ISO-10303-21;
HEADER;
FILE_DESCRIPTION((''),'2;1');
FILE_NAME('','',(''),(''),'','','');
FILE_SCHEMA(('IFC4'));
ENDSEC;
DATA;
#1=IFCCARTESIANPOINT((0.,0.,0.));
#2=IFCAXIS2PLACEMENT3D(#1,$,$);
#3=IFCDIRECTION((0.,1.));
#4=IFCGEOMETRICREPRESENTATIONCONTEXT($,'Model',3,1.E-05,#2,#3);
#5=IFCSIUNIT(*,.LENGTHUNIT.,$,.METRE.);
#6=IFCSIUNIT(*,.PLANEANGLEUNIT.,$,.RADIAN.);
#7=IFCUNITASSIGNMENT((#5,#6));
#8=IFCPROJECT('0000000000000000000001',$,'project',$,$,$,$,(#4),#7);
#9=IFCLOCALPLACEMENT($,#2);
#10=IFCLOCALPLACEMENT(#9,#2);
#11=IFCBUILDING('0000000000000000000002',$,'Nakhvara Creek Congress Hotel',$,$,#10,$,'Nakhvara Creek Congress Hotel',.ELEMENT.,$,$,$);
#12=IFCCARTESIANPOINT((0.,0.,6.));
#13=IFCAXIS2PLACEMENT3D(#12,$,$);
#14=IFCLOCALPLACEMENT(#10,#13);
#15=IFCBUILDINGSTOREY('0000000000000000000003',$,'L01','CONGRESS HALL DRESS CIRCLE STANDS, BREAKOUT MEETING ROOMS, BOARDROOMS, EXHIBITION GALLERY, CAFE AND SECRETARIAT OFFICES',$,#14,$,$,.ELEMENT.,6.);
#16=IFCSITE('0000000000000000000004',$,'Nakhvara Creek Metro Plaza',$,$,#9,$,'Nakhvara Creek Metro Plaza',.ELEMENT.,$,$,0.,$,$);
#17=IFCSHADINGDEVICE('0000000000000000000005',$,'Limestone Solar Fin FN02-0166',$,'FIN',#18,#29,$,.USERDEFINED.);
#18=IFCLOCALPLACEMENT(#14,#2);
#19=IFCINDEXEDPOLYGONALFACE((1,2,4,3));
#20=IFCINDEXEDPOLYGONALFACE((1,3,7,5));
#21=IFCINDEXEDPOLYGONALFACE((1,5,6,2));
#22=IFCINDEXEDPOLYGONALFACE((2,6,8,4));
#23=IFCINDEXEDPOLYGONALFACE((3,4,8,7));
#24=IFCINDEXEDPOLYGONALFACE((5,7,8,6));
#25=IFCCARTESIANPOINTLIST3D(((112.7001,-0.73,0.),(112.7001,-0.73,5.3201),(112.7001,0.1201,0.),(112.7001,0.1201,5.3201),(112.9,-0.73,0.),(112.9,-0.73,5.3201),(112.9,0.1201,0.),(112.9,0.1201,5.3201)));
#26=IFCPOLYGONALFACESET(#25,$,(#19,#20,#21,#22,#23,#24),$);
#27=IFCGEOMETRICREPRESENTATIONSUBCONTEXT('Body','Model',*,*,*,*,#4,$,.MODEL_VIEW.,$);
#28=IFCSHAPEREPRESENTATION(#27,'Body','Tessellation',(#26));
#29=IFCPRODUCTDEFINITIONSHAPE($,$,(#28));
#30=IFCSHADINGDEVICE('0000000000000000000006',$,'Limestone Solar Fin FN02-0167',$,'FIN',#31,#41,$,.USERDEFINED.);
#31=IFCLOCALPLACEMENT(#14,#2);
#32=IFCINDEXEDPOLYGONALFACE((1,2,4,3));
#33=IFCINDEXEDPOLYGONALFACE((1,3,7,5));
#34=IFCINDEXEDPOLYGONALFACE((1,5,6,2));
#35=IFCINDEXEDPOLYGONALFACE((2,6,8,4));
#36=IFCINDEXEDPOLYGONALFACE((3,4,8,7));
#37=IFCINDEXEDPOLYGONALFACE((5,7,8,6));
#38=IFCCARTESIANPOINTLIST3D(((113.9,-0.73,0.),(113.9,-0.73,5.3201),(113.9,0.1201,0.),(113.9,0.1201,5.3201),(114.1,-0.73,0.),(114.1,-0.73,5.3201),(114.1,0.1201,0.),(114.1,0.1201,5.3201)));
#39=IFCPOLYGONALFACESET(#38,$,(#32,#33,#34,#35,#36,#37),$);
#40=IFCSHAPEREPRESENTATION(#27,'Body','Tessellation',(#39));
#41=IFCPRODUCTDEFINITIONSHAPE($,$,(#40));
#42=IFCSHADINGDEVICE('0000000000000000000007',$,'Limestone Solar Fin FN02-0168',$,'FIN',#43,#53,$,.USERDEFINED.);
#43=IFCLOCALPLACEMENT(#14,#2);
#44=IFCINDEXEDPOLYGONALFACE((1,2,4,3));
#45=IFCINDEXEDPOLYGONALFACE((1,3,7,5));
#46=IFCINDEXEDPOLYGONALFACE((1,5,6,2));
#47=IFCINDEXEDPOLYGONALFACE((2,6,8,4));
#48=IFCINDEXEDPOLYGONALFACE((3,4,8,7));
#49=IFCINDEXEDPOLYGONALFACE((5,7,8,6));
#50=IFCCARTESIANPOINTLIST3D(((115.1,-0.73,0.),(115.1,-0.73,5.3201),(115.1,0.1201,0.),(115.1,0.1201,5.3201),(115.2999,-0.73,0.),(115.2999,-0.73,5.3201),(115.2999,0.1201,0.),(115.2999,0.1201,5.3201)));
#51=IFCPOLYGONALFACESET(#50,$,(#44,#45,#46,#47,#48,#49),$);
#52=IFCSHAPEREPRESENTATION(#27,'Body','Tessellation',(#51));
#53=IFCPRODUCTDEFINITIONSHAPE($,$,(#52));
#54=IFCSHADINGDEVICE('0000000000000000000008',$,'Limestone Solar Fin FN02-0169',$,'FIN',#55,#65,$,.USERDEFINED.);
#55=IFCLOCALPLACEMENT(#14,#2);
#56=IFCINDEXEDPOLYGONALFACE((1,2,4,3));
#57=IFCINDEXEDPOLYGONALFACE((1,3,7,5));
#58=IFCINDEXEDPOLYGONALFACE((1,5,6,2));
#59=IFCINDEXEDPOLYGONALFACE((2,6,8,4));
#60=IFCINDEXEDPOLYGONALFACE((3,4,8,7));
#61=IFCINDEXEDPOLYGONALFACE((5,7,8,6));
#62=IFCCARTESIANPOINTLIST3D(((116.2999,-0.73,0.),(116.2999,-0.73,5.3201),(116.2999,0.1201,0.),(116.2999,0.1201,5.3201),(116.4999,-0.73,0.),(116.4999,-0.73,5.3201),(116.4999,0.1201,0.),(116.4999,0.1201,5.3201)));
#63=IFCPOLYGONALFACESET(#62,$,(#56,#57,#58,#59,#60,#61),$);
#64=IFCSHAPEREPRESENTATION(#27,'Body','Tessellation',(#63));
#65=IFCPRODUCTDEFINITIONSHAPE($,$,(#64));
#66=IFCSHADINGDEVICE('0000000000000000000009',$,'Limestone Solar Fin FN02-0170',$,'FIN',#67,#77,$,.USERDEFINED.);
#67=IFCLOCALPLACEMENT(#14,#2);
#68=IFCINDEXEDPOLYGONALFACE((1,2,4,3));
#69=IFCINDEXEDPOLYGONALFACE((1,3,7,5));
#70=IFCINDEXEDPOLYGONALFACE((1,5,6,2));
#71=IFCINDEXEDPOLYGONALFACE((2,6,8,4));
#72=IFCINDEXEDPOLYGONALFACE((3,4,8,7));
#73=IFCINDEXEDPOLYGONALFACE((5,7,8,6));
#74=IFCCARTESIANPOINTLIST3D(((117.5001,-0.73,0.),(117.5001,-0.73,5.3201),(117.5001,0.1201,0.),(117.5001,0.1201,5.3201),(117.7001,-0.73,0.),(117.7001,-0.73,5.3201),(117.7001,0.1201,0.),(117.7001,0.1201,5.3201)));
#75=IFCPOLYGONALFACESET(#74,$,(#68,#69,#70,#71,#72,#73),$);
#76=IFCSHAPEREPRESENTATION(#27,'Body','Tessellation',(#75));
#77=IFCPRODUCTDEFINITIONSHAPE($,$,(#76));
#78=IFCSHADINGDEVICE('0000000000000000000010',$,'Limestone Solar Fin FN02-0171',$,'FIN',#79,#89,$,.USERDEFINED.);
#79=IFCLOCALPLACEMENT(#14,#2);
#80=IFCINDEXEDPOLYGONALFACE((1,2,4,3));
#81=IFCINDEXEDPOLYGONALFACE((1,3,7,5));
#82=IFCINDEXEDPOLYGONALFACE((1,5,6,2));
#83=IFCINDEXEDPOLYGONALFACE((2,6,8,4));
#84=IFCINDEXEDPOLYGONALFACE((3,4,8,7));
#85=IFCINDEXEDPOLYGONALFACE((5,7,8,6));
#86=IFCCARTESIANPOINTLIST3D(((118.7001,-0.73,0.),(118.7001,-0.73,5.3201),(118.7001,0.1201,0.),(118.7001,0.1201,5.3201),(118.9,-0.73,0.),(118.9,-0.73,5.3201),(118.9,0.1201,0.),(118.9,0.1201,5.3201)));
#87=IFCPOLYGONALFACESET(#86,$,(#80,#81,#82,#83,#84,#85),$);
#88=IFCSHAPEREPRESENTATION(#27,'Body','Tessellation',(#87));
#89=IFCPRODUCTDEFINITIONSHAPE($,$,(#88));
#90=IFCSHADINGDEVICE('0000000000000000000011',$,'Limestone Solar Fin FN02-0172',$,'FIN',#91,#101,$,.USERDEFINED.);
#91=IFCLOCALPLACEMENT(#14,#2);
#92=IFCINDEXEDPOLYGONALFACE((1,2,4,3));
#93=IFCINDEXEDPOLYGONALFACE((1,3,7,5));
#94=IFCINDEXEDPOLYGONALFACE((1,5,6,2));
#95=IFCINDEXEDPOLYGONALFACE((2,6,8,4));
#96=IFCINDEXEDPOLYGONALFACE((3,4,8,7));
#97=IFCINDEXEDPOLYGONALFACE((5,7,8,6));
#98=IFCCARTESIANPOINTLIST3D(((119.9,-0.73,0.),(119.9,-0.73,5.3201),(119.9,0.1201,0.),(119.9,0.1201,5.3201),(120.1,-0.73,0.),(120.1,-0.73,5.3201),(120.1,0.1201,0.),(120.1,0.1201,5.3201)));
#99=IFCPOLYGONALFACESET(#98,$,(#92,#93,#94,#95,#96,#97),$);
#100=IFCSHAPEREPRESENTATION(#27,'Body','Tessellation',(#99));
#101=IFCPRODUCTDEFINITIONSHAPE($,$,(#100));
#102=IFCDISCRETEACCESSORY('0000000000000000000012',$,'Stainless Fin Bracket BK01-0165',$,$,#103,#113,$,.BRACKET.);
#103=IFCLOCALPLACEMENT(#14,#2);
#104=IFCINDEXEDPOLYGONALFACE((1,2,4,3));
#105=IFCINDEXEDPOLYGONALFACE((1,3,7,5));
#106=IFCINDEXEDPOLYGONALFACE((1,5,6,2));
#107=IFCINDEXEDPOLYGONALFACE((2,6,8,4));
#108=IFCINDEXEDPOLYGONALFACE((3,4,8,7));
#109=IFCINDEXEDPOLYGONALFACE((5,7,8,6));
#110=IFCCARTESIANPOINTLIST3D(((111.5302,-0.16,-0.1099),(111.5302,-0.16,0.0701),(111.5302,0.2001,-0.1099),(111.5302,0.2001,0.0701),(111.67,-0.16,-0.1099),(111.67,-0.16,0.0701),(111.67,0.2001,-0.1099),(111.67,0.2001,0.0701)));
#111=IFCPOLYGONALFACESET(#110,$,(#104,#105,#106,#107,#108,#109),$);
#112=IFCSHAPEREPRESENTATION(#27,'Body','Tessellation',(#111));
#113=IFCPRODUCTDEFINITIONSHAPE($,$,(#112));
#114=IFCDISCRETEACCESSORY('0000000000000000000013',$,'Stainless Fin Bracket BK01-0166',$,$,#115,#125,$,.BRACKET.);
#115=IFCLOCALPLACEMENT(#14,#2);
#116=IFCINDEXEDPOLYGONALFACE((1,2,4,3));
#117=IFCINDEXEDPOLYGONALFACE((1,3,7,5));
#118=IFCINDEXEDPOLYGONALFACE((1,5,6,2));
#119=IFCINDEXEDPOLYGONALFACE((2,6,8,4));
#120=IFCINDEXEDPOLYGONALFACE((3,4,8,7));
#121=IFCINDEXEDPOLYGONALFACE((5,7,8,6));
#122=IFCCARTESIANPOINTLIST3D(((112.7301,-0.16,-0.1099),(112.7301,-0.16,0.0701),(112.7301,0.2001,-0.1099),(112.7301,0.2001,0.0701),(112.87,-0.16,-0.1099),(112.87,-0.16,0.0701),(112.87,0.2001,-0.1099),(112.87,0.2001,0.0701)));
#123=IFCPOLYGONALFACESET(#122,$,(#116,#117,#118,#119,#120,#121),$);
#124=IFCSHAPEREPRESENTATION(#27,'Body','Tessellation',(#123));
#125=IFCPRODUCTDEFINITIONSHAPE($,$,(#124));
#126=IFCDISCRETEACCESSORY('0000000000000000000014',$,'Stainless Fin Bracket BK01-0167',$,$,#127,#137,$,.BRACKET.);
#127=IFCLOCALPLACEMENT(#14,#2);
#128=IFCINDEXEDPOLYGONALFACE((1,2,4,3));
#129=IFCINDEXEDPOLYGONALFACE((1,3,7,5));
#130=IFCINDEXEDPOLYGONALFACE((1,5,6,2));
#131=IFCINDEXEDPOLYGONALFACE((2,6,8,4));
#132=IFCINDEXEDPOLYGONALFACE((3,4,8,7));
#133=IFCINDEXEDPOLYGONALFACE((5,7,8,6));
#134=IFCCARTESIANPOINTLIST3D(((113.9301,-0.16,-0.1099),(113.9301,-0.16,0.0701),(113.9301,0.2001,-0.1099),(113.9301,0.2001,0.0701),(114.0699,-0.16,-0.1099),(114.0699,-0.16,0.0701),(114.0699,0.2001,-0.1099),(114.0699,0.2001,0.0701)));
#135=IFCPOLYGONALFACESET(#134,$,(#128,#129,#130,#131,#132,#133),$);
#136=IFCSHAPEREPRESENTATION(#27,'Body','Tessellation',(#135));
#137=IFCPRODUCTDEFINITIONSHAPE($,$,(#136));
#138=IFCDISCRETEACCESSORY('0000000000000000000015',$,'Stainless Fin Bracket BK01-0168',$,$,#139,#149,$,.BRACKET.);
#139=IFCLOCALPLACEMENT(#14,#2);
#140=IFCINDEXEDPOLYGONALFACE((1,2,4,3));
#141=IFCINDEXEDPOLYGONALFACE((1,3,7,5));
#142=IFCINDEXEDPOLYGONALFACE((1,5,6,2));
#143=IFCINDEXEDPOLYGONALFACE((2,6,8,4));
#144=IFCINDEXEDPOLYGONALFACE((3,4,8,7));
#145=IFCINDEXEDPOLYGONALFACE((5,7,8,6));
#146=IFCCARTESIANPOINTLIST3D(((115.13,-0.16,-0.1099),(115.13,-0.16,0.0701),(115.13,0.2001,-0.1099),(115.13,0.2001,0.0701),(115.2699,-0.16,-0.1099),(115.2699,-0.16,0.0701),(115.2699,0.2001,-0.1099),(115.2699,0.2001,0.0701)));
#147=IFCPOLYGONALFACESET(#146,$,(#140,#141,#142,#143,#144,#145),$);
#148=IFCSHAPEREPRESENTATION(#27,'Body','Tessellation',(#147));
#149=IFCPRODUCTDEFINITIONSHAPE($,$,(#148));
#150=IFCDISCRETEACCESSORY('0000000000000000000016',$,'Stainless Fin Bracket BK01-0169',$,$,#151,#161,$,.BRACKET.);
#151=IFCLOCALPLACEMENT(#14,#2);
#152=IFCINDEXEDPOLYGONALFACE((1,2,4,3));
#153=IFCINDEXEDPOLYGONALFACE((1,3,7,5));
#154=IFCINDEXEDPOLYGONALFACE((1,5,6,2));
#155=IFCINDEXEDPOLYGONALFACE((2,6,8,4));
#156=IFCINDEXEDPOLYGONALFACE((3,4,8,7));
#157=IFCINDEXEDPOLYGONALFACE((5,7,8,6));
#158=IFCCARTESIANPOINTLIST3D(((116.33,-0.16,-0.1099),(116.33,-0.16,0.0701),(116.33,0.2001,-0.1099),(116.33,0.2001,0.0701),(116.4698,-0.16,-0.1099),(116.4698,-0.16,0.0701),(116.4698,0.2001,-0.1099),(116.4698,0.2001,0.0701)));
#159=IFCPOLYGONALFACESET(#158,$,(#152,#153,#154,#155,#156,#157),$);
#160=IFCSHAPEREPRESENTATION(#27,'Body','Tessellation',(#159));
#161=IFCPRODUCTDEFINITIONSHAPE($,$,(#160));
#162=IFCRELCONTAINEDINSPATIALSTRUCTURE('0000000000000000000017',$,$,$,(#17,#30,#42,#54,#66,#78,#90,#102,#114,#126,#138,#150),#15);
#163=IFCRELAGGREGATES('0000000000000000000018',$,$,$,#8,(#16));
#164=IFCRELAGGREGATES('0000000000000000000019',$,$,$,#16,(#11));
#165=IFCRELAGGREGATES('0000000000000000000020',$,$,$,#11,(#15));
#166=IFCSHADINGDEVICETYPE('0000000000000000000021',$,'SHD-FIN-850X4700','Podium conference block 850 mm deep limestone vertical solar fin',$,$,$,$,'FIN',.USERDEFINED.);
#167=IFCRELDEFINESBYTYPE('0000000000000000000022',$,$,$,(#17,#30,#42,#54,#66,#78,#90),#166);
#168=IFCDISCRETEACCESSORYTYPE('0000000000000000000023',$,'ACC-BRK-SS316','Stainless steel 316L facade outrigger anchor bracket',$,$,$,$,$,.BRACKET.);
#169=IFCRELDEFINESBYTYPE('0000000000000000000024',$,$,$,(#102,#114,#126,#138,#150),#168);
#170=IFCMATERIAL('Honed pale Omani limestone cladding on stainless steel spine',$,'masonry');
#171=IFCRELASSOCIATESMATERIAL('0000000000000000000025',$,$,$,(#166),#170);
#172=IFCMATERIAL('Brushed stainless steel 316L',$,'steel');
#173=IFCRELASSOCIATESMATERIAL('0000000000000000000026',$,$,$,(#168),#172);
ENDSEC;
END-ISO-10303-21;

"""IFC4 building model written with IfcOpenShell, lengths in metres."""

from ifc_helpers import new_model, si_unit, direction, frame, origin, origin_2d, place, context, subcontext, project, spatial, rectangle, extrude, material, type_object, element, save


model = new_model("IFC4")

# Units and contexts
model_context = context("Model", 3, precision=1e-05, world=origin(), true_north=direction((0.0, 1.0)))
body_context = subcontext(model_context, "Body", "Model", "MODEL_VIEW")
ifc_project = project(units=[si_unit("LENGTHUNIT", "METRE"), si_unit("PLANEANGLEUNIT", "RADIAN")], contexts=[model_context])

# Site, building, storey
site_placement = place(None, origin())
site = spatial("IfcSite", under=ifc_project, at=site_placement, Name="Nakhvara Creek Metro Plaza", LongName="Nakhvara Creek Metro Plaza", CompositionType="ELEMENT", RefElevation=0.0)
building_placement = place(site_placement, origin())
building = spatial("IfcBuilding", under=site, at=building_placement, Name="Nakhvara Creek Congress Hotel", LongName="Nakhvara Creek Congress Hotel", CompositionType="ELEMENT")
storey_placement = place(building_placement, frame((0.0, 0.0, 6.0)))
storey = spatial("IfcBuildingStorey", under=building, at=storey_placement, Name="L01", Description="CONGRESS HALL DRESS CIRCLE STANDS, BREAKOUT MEETING ROOMS, BOARDROOMS, EXHIBITION GALLERY, CAFE AND SECRETARIAT OFFICES", CompositionType="ELEMENT", Elevation=6.0)

# Shading devices
ifc_material_1 = material(Name="Honed pale Omani limestone cladding on stainless steel spine", Category="masonry")
shading_device_type = type_object("IfcShadingDeviceType", Name="SHD-FIN-850X4700", Description="Podium conference block 850 mm deep limestone vertical solar fin", ElementType="FIN", PredefinedType="USERDEFINED", material=ifc_material_1)
for number, where, z_axis, x_axis, name in (
    (1, (112.8, -0.3049, 0.0), (0.0, 0.0, 1.0), (1.0, 0.0, 0.0), "Limestone Solar Fin FN02-0166"),
    (2, (114.0, -0.3049, 0.0), (0.0, 0.0, 1.0), (1.0, 0.0, 0.0), "Limestone Solar Fin FN02-0167"),
    (3, (115.2, -0.3049, 0.0), (0.0, 0.0, 1.0), (1.0, 0.0, 0.0), "Limestone Solar Fin FN02-0168"),
    (4, (116.3999, -0.3049, 0.0), (0.0, 0.0, 1.0), (1.0, 0.0, 0.0), "Limestone Solar Fin FN02-0169"),
    (5, (117.6001, -0.3049, 0.0), (0.0, 0.0, 1.0), (1.0, 0.0, 0.0), "Limestone Solar Fin FN02-0170"),
    (6, (118.8, -0.3049, 0.0), (0.0, 0.0, 1.0), (1.0, 0.0, 0.0), "Limestone Solar Fin FN02-0171"),
    (7, (120.0, -0.3049, 0.0), (0.0, 0.0, 1.0), (1.0, 0.0, 0.0), "Limestone Solar Fin FN02-0172"),
):
    element("IfcShadingDevice", number, at=place(storey_placement, frame(where, z_axis=z_axis, x_axis=x_axis)), inside=storey, type_object=shading_device_type, Name=name, ObjectType="FIN", PredefinedType="USERDEFINED", context=body_context, shape_type="SweptSolid", body=[
        extrude(rectangle(XDim=0.2, YDim=0.8501, at=origin_2d()), origin(), (0.0, 0.0, 1.0), 5.3201),
    ])

# Discrete accessories
ifc_material_2 = material(Name="Brushed stainless steel 316L", Category="steel")
discrete_accessory_type = type_object("IfcDiscreteAccessoryType", Name="ACC-BRK-SS316", Description="Stainless steel 316L facade outrigger anchor bracket", PredefinedType="BRACKET", material=ifc_material_2)
for number, where, z_axis, x_axis, name in (
    (8, (111.6001, 0.02, -0.1099), (0.0, 0.0, 1.0), (1.0, 0.0, 0.0), "Stainless Fin Bracket BK01-0165"),
    (9, (112.8, 0.02, -0.1099), (0.0, 0.0, 1.0), (1.0, 0.0, 0.0), "Stainless Fin Bracket BK01-0166"),
    (10, (114.0, 0.02, -0.1099), (0.0, 0.0, 1.0), (1.0, 0.0, 0.0), "Stainless Fin Bracket BK01-0167"),
    (11, (115.2, 0.02, -0.1099), (0.0, 0.0, 1.0), (1.0, 0.0, 0.0), "Stainless Fin Bracket BK01-0168"),
    (12, (116.3999, 0.02, -0.1099), (0.0, 0.0, 1.0), (1.0, 0.0, 0.0), "Stainless Fin Bracket BK01-0169"),
):
    element("IfcDiscreteAccessory", number, at=place(storey_placement, frame(where, z_axis=z_axis, x_axis=x_axis)), inside=storey, type_object=discrete_accessory_type, Name=name, PredefinedType="BRACKET", context=body_context, shape_type="SweptSolid", body=[
        extrude(rectangle(XDim=0.1399, YDim=0.3601, at=origin_2d()), origin(), (0.0, 0.0, 1.0), 0.1799),
    ])

save(model, "model.ifc")
